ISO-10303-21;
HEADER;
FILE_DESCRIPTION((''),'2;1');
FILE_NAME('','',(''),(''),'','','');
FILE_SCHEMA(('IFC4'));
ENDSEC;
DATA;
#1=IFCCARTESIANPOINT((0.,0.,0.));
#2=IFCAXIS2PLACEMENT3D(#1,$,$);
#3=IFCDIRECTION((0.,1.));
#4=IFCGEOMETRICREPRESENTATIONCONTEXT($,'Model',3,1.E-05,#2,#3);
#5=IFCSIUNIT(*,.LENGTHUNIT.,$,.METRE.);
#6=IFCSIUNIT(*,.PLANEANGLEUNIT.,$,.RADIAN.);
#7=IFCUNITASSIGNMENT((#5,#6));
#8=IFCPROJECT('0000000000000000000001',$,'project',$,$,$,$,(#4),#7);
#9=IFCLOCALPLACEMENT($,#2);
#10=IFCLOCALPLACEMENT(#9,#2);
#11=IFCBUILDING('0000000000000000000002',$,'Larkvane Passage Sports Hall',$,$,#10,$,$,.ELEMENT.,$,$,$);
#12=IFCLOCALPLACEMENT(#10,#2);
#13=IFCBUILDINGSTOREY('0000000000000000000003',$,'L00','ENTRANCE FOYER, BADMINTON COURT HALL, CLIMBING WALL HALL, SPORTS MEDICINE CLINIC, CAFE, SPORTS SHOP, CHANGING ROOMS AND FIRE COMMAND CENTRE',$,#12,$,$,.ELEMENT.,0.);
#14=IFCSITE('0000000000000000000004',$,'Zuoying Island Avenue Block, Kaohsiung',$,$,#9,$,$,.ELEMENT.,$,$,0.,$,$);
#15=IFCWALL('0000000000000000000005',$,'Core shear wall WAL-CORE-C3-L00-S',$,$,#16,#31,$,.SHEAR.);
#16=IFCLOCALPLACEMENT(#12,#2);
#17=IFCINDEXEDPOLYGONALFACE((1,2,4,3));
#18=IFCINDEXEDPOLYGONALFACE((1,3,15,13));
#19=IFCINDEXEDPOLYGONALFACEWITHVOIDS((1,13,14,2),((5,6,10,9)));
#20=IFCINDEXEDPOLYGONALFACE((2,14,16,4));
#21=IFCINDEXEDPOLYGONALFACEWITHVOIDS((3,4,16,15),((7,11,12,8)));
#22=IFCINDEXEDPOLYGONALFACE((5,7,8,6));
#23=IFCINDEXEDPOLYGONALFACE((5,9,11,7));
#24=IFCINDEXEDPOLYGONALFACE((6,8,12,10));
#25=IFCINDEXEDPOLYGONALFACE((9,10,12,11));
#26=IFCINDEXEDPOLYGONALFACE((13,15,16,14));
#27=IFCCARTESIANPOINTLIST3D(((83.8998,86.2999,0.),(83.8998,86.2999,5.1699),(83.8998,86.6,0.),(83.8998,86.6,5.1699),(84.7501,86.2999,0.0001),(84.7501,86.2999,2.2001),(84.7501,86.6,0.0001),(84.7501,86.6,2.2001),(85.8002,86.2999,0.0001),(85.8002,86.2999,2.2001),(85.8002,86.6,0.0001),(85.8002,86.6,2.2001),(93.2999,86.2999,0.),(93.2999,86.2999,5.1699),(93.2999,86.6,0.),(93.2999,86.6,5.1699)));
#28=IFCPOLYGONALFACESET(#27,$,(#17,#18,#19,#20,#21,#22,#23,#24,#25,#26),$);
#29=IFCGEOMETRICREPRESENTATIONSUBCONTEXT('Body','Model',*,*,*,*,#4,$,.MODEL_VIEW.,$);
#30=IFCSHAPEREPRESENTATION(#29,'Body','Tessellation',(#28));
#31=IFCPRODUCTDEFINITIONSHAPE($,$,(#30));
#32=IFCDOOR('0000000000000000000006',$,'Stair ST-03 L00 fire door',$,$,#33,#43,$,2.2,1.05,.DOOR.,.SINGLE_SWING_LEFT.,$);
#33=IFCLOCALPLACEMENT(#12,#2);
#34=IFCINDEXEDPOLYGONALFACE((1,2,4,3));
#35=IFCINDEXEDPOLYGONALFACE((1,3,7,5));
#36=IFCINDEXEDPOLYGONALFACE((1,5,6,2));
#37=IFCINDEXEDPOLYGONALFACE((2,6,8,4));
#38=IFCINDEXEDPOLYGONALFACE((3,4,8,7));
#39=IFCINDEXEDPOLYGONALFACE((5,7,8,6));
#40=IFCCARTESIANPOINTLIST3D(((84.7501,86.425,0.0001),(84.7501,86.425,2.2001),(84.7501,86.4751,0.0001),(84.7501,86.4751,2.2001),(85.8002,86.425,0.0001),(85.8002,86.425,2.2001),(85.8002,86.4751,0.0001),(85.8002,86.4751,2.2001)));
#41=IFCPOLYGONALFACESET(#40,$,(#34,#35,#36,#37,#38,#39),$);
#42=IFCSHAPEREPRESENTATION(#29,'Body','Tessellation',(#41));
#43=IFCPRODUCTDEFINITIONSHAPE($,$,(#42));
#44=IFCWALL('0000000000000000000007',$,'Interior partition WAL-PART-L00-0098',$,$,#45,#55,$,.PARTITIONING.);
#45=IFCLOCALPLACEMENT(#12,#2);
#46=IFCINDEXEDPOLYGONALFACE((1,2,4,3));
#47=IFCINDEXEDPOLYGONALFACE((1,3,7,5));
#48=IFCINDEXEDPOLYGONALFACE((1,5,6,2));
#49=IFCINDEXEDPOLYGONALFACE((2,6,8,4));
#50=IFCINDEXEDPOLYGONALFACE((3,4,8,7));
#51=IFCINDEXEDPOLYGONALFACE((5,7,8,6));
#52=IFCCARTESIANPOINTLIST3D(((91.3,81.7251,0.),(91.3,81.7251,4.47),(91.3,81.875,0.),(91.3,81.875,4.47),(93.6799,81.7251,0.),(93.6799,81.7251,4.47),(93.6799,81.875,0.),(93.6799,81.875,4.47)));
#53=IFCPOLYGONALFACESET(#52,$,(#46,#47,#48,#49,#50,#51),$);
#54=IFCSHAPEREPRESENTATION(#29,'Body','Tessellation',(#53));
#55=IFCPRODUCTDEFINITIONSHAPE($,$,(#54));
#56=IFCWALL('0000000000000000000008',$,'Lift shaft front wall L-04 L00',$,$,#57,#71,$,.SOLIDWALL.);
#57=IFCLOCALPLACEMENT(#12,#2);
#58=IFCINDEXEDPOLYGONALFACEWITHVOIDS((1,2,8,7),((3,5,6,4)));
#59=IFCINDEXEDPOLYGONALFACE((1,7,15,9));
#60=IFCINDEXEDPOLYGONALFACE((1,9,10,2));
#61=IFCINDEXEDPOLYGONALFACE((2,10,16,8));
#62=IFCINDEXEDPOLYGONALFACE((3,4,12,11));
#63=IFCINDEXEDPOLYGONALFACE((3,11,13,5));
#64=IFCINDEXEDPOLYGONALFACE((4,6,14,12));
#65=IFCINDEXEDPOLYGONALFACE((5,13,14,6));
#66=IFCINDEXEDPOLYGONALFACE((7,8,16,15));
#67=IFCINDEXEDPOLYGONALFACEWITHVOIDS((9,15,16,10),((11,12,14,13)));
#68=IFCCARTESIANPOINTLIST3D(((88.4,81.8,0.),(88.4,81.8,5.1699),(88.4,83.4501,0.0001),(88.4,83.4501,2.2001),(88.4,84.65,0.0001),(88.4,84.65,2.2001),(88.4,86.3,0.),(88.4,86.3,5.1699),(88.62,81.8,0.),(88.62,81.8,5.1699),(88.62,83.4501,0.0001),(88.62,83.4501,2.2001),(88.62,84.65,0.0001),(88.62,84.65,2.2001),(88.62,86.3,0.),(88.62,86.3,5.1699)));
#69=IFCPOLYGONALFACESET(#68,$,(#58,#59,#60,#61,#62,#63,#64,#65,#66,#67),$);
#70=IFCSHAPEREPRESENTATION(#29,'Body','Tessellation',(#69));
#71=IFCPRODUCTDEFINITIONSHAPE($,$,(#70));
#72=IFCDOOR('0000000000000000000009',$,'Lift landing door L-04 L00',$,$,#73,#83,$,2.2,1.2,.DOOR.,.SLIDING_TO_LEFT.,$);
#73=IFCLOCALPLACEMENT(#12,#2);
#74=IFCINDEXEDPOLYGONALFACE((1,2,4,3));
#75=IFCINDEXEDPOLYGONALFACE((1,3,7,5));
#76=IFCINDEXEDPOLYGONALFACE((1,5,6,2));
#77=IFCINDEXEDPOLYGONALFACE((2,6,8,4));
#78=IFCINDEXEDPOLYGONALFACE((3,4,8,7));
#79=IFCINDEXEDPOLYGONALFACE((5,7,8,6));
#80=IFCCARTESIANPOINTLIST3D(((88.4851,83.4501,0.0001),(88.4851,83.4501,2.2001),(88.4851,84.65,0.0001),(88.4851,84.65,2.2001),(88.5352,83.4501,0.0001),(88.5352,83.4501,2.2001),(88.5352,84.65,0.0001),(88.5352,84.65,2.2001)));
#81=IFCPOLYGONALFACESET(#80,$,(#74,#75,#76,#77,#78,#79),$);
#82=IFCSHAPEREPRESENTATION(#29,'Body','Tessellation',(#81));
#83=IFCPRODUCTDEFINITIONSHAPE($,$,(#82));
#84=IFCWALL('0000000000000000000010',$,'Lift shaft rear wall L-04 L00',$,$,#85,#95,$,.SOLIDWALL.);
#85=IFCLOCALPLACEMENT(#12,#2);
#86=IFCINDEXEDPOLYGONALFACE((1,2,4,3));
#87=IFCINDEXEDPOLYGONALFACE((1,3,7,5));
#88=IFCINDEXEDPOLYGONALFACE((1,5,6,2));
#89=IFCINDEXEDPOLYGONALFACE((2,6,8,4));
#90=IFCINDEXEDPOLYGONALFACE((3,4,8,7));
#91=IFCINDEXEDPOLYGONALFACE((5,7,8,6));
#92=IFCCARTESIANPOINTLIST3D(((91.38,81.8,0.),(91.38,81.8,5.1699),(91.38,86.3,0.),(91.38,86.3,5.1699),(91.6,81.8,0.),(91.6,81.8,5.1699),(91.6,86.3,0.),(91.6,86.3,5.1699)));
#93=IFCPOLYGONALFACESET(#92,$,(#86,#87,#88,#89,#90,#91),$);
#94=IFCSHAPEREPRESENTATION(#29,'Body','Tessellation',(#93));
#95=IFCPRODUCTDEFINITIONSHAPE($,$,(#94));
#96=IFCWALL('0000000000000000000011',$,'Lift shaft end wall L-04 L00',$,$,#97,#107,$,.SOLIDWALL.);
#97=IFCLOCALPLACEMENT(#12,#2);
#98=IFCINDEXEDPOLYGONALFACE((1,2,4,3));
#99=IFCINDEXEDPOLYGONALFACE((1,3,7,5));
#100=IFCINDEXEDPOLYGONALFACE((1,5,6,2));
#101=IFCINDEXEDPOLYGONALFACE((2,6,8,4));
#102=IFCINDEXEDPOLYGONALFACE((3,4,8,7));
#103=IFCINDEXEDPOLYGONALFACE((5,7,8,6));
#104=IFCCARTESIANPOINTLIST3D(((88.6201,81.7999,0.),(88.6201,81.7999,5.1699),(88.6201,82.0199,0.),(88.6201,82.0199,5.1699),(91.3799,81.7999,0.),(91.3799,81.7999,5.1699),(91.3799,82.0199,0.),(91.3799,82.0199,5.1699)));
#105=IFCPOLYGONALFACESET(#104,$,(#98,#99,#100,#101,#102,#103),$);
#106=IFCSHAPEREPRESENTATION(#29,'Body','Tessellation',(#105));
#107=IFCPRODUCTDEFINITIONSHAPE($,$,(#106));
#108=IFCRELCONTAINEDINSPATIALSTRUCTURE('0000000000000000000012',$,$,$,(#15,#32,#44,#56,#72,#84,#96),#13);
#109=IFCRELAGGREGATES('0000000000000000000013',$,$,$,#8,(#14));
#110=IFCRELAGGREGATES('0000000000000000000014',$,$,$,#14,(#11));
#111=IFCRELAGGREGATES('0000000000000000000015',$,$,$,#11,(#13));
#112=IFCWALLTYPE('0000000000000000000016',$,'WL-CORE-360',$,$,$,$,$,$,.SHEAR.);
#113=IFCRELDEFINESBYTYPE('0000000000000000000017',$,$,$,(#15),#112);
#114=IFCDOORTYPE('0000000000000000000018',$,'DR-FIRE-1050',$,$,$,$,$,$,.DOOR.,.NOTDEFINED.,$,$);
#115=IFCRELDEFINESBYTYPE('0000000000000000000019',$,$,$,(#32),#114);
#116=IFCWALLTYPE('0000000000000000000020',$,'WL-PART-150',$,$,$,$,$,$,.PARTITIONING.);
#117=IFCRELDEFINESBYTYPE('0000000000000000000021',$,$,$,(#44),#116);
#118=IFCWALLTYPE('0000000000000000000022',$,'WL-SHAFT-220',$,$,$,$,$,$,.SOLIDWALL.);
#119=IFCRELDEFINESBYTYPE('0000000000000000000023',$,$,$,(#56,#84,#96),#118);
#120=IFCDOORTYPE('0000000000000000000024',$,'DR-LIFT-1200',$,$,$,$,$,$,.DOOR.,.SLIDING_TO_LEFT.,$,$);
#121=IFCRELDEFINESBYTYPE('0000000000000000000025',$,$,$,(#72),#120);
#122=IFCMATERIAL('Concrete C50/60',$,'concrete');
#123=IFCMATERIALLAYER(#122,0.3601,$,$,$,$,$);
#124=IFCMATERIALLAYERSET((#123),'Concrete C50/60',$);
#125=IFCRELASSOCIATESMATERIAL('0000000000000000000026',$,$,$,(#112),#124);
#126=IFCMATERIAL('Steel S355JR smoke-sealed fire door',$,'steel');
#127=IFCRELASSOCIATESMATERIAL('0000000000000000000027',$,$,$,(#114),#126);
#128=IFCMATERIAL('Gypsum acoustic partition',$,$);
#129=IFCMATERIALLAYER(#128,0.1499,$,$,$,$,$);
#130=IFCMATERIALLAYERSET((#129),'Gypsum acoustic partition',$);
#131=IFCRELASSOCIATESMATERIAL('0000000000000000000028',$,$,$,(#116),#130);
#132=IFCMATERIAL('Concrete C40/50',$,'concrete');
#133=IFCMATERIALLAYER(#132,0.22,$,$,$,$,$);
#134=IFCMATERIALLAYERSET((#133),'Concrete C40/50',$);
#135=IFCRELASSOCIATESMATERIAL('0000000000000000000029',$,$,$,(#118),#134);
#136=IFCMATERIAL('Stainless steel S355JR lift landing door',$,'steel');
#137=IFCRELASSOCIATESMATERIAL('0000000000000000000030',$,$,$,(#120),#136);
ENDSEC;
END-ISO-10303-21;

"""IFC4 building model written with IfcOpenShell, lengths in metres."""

from ifc_helpers import new_model, si_unit, direction, frame, frame_2d, origin, place, context, subcontext, project, spatial, rectangle, extrude, material, layer, layer_set, type_object, element, fill, save


model = new_model("IFC4")

# Units and contexts
model_context = context("Model", 3, precision=1e-05, world=origin(), true_north=direction((0.0, 1.0)))
body_context = subcontext(model_context, "Body", "Model", "MODEL_VIEW")
ifc_project = project(units=[si_unit("LENGTHUNIT", "METRE"), si_unit("PLANEANGLEUNIT", "RADIAN")], contexts=[model_context])

# Site, building, storey
site_placement = place(None, origin())
site = spatial("IfcSite", under=ifc_project, at=site_placement, Name="Zuoying Island Avenue Block, Kaohsiung", CompositionType="ELEMENT", RefElevation=0.0)
building_placement = place(site_placement, origin())
building = spatial("IfcBuilding", under=site, at=building_placement, Name="Larkvane Passage Sports Hall", CompositionType="ELEMENT")
storey_placement = place(building_placement, origin())
storey = spatial("IfcBuildingStorey", under=building, at=storey_placement, Name="L00", Description="ENTRANCE FOYER, BADMINTON COURT HALL, CLIMBING WALL HALL, SPORTS MEDICINE CLINIC, CAFE, SPORTS SHOP, CHANGING ROOMS AND FIRE COMMAND CENTRE", CompositionType="ELEMENT", Elevation=0.0)

# Shared definitions
ifc_material_1 = material(Name="Concrete C40/50", Category="concrete")

# Wall, opening, door
ifc_material_2 = material(Name="Concrete C50/60", Category="concrete")
ifc_layer_1 = layer(ifc_material_2, 0.3601)
ifc_layer_set_1 = layer_set([ifc_layer_1], Name="Concrete C50/60")
wall_type_1 = type_object("IfcWallType", Name="WL-CORE-360", PredefinedType="SHEAR", material=ifc_layer_set_1)
wall_1_placement = place(storey_placement, frame((93.3, 86.45, 0.0), z_axis=(0.0, 0.0, 1.0), x_axis=(-1.0, 0.0, 0.0)))
wall_1 = element("IfcWall", 1, at=wall_1_placement, inside=storey, type_object=wall_type_1, Name="Core shear wall WAL-CORE-C3-L00-S", PredefinedType="SHEAR", context=body_context, shape_type="SweptSolid", body=[
    extrude(rectangle(XDim=9.4001, YDim=0.3, at=frame_2d((4.7002, 0.0))), origin(), (0.0, 0.0, 1.0), 5.1699),
])
opening_1_placement = place(wall_1_placement, frame((7.5, 0.0, 0.0)))
opening_1 = element("IfcOpeningElement", 2, at=opening_1_placement, cuts=wall_1, PredefinedType="OPENING", context=body_context, shape_type="SweptSolid", body=[
    extrude(rectangle(XDim=1.05, YDim=2.2, at=frame_2d((0.5249, 1.1001))), frame((0.0, 0.1599, 0.0), z_axis=(0.0, -1.0, 0.0), x_axis=(1.0, 0.0, 0.0)), (0.0, 0.0, 1.0), 0.3201),
])
ifc_material_3 = material(Name="Steel S355JR smoke-sealed fire door", Category="steel")
door_type_1 = type_object("IfcDoorType", Name="DR-FIRE-1050", OperationType="NOTDEFINED", PredefinedType="DOOR", material=ifc_material_3)
door_1_placement = place(opening_1_placement, origin())
door_1 = element("IfcDoor", 3, at=door_1_placement, inside=storey, type_object=door_type_1, Name="Stair ST-03 L00 fire door", OperationType="SINGLE_SWING_LEFT", OverallHeight=2.2, OverallWidth=1.05, PredefinedType="DOOR", context=body_context, shape_type="SweptSolid", body=[
    extrude(rectangle(XDim=1.05, YDim=2.2, at=frame_2d((0.5249, 1.1001))), frame((0.0, 0.0249, 0.0), z_axis=(0.0, -1.0, 0.0), x_axis=(1.0, 0.0, 0.0)), (0.0, 0.0, 1.0), 0.05),
])
fill(opening_1, door_1)

# Wall
ifc_material_4 = material(Name="Gypsum acoustic partition")
ifc_layer_2 = layer(ifc_material_4, 0.1499)
ifc_layer_set_2 = layer_set([ifc_layer_2], Name="Gypsum acoustic partition")
wall_type_2 = type_object("IfcWallType", Name="WL-PART-150", PredefinedType="PARTITIONING", material=ifc_layer_set_2)
wall_2_placement = place(storey_placement, frame((91.3, 81.8, 0.0), z_axis=(0.0, 0.0, 1.0), x_axis=(1.0, 0.0, 0.0)))
element("IfcWall", 4, at=wall_2_placement, inside=storey, type_object=wall_type_2, Name="Interior partition WAL-PART-L00-0098", PredefinedType="PARTITIONING", context=body_context, shape_type="SweptSolid", body=[
    extrude(rectangle(XDim=2.3799, YDim=0.1499, at=frame_2d((1.1899, 0.0))), origin(), (0.0, 0.0, 1.0), 4.47),
])

# Wall, opening, door
ifc_layer_3 = layer(ifc_material_1, 0.22)
ifc_layer_set_3 = layer_set([ifc_layer_3], Name="Concrete C40/50")
wall_type_3 = type_object("IfcWallType", Name="WL-SHAFT-220", PredefinedType="SOLIDWALL", material=ifc_layer_set_3)
wall_3_placement = place(storey_placement, frame((88.51, 81.8, 0.0), z_axis=(0.0, 0.0, 1.0), x_axis=(0.0, 1.0, 0.0)))
wall_3 = element("IfcWall", 5, at=wall_3_placement, inside=storey, type_object=wall_type_3, Name="Lift shaft front wall L-04 L00", PredefinedType="SOLIDWALL", context=body_context, shape_type="SweptSolid", body=[
    extrude(rectangle(XDim=4.5, YDim=0.22, at=frame_2d((2.25, 0.0))), origin(), (0.0, 0.0, 1.0), 5.1699),
])
opening_2_placement = place(wall_3_placement, frame((1.6499, 0.0, 0.0)))
opening_2 = element("IfcOpeningElement", 6, at=opening_2_placement, cuts=wall_3, PredefinedType="OPENING", context=body_context, shape_type="SweptSolid", body=[
    extrude(rectangle(XDim=1.2, YDim=2.2, at=frame_2d((0.6001, 1.1001))), frame((0.0, 0.1199, 0.0), z_axis=(0.0, -1.0, 0.0), x_axis=(1.0, 0.0, 0.0)), (0.0, 0.0, 1.0), 0.24),
])
ifc_material_5 = material(Name="Stainless steel S355JR lift landing door", Category="steel")
door_type_2 = type_object("IfcDoorType", Name="DR-LIFT-1200", OperationType="SLIDING_TO_LEFT", PredefinedType="DOOR", material=ifc_material_5)
door_2_placement = place(opening_2_placement, origin())
door_2 = element("IfcDoor", 7, at=door_2_placement, inside=storey, type_object=door_type_2, Name="Lift landing door L-04 L00", OperationType="SLIDING_TO_LEFT", OverallHeight=2.2, OverallWidth=1.2, PredefinedType="DOOR", context=body_context, shape_type="SweptSolid", body=[
    extrude(rectangle(XDim=1.2, YDim=2.2, at=frame_2d((0.6001, 1.1001))), frame((0.0, 0.0249, 0.0), z_axis=(0.0, -1.0, 0.0), x_axis=(1.0, 0.0, 0.0)), (0.0, 0.0, 1.0), 0.05),
])
fill(opening_2, door_2)

# Walls
wall_4_placement = place(storey_placement, frame((91.49, 81.8, 0.0), z_axis=(0.0, 0.0, 1.0), x_axis=(0.0, 1.0, 0.0)))
element("IfcWall", 8, at=wall_4_placement, inside=storey, type_object=wall_type_3, Name="Lift shaft rear wall L-04 L00", PredefinedType="SOLIDWALL", context=body_context, shape_type="SweptSolid", body=[
    extrude(rectangle(XDim=4.5, YDim=0.22, at=frame_2d((2.25, 0.0))), origin(), (0.0, 0.0, 1.0), 5.1699),
])
wall_5_placement = place(storey_placement, frame((88.6201, 81.9099, 0.0), z_axis=(0.0, 0.0, 1.0), x_axis=(1.0, 0.0, 0.0)))
element("IfcWall", 9, at=wall_5_placement, inside=storey, type_object=wall_type_3, Name="Lift shaft end wall L-04 L00", PredefinedType="SOLIDWALL", context=body_context, shape_type="SweptSolid", body=[
    extrude(rectangle(XDim=2.7598, YDim=0.22, at=frame_2d((1.3799, 0.0))), origin(), (0.0, 0.0, 1.0), 5.1699),
])

save(model, "model.ifc")
